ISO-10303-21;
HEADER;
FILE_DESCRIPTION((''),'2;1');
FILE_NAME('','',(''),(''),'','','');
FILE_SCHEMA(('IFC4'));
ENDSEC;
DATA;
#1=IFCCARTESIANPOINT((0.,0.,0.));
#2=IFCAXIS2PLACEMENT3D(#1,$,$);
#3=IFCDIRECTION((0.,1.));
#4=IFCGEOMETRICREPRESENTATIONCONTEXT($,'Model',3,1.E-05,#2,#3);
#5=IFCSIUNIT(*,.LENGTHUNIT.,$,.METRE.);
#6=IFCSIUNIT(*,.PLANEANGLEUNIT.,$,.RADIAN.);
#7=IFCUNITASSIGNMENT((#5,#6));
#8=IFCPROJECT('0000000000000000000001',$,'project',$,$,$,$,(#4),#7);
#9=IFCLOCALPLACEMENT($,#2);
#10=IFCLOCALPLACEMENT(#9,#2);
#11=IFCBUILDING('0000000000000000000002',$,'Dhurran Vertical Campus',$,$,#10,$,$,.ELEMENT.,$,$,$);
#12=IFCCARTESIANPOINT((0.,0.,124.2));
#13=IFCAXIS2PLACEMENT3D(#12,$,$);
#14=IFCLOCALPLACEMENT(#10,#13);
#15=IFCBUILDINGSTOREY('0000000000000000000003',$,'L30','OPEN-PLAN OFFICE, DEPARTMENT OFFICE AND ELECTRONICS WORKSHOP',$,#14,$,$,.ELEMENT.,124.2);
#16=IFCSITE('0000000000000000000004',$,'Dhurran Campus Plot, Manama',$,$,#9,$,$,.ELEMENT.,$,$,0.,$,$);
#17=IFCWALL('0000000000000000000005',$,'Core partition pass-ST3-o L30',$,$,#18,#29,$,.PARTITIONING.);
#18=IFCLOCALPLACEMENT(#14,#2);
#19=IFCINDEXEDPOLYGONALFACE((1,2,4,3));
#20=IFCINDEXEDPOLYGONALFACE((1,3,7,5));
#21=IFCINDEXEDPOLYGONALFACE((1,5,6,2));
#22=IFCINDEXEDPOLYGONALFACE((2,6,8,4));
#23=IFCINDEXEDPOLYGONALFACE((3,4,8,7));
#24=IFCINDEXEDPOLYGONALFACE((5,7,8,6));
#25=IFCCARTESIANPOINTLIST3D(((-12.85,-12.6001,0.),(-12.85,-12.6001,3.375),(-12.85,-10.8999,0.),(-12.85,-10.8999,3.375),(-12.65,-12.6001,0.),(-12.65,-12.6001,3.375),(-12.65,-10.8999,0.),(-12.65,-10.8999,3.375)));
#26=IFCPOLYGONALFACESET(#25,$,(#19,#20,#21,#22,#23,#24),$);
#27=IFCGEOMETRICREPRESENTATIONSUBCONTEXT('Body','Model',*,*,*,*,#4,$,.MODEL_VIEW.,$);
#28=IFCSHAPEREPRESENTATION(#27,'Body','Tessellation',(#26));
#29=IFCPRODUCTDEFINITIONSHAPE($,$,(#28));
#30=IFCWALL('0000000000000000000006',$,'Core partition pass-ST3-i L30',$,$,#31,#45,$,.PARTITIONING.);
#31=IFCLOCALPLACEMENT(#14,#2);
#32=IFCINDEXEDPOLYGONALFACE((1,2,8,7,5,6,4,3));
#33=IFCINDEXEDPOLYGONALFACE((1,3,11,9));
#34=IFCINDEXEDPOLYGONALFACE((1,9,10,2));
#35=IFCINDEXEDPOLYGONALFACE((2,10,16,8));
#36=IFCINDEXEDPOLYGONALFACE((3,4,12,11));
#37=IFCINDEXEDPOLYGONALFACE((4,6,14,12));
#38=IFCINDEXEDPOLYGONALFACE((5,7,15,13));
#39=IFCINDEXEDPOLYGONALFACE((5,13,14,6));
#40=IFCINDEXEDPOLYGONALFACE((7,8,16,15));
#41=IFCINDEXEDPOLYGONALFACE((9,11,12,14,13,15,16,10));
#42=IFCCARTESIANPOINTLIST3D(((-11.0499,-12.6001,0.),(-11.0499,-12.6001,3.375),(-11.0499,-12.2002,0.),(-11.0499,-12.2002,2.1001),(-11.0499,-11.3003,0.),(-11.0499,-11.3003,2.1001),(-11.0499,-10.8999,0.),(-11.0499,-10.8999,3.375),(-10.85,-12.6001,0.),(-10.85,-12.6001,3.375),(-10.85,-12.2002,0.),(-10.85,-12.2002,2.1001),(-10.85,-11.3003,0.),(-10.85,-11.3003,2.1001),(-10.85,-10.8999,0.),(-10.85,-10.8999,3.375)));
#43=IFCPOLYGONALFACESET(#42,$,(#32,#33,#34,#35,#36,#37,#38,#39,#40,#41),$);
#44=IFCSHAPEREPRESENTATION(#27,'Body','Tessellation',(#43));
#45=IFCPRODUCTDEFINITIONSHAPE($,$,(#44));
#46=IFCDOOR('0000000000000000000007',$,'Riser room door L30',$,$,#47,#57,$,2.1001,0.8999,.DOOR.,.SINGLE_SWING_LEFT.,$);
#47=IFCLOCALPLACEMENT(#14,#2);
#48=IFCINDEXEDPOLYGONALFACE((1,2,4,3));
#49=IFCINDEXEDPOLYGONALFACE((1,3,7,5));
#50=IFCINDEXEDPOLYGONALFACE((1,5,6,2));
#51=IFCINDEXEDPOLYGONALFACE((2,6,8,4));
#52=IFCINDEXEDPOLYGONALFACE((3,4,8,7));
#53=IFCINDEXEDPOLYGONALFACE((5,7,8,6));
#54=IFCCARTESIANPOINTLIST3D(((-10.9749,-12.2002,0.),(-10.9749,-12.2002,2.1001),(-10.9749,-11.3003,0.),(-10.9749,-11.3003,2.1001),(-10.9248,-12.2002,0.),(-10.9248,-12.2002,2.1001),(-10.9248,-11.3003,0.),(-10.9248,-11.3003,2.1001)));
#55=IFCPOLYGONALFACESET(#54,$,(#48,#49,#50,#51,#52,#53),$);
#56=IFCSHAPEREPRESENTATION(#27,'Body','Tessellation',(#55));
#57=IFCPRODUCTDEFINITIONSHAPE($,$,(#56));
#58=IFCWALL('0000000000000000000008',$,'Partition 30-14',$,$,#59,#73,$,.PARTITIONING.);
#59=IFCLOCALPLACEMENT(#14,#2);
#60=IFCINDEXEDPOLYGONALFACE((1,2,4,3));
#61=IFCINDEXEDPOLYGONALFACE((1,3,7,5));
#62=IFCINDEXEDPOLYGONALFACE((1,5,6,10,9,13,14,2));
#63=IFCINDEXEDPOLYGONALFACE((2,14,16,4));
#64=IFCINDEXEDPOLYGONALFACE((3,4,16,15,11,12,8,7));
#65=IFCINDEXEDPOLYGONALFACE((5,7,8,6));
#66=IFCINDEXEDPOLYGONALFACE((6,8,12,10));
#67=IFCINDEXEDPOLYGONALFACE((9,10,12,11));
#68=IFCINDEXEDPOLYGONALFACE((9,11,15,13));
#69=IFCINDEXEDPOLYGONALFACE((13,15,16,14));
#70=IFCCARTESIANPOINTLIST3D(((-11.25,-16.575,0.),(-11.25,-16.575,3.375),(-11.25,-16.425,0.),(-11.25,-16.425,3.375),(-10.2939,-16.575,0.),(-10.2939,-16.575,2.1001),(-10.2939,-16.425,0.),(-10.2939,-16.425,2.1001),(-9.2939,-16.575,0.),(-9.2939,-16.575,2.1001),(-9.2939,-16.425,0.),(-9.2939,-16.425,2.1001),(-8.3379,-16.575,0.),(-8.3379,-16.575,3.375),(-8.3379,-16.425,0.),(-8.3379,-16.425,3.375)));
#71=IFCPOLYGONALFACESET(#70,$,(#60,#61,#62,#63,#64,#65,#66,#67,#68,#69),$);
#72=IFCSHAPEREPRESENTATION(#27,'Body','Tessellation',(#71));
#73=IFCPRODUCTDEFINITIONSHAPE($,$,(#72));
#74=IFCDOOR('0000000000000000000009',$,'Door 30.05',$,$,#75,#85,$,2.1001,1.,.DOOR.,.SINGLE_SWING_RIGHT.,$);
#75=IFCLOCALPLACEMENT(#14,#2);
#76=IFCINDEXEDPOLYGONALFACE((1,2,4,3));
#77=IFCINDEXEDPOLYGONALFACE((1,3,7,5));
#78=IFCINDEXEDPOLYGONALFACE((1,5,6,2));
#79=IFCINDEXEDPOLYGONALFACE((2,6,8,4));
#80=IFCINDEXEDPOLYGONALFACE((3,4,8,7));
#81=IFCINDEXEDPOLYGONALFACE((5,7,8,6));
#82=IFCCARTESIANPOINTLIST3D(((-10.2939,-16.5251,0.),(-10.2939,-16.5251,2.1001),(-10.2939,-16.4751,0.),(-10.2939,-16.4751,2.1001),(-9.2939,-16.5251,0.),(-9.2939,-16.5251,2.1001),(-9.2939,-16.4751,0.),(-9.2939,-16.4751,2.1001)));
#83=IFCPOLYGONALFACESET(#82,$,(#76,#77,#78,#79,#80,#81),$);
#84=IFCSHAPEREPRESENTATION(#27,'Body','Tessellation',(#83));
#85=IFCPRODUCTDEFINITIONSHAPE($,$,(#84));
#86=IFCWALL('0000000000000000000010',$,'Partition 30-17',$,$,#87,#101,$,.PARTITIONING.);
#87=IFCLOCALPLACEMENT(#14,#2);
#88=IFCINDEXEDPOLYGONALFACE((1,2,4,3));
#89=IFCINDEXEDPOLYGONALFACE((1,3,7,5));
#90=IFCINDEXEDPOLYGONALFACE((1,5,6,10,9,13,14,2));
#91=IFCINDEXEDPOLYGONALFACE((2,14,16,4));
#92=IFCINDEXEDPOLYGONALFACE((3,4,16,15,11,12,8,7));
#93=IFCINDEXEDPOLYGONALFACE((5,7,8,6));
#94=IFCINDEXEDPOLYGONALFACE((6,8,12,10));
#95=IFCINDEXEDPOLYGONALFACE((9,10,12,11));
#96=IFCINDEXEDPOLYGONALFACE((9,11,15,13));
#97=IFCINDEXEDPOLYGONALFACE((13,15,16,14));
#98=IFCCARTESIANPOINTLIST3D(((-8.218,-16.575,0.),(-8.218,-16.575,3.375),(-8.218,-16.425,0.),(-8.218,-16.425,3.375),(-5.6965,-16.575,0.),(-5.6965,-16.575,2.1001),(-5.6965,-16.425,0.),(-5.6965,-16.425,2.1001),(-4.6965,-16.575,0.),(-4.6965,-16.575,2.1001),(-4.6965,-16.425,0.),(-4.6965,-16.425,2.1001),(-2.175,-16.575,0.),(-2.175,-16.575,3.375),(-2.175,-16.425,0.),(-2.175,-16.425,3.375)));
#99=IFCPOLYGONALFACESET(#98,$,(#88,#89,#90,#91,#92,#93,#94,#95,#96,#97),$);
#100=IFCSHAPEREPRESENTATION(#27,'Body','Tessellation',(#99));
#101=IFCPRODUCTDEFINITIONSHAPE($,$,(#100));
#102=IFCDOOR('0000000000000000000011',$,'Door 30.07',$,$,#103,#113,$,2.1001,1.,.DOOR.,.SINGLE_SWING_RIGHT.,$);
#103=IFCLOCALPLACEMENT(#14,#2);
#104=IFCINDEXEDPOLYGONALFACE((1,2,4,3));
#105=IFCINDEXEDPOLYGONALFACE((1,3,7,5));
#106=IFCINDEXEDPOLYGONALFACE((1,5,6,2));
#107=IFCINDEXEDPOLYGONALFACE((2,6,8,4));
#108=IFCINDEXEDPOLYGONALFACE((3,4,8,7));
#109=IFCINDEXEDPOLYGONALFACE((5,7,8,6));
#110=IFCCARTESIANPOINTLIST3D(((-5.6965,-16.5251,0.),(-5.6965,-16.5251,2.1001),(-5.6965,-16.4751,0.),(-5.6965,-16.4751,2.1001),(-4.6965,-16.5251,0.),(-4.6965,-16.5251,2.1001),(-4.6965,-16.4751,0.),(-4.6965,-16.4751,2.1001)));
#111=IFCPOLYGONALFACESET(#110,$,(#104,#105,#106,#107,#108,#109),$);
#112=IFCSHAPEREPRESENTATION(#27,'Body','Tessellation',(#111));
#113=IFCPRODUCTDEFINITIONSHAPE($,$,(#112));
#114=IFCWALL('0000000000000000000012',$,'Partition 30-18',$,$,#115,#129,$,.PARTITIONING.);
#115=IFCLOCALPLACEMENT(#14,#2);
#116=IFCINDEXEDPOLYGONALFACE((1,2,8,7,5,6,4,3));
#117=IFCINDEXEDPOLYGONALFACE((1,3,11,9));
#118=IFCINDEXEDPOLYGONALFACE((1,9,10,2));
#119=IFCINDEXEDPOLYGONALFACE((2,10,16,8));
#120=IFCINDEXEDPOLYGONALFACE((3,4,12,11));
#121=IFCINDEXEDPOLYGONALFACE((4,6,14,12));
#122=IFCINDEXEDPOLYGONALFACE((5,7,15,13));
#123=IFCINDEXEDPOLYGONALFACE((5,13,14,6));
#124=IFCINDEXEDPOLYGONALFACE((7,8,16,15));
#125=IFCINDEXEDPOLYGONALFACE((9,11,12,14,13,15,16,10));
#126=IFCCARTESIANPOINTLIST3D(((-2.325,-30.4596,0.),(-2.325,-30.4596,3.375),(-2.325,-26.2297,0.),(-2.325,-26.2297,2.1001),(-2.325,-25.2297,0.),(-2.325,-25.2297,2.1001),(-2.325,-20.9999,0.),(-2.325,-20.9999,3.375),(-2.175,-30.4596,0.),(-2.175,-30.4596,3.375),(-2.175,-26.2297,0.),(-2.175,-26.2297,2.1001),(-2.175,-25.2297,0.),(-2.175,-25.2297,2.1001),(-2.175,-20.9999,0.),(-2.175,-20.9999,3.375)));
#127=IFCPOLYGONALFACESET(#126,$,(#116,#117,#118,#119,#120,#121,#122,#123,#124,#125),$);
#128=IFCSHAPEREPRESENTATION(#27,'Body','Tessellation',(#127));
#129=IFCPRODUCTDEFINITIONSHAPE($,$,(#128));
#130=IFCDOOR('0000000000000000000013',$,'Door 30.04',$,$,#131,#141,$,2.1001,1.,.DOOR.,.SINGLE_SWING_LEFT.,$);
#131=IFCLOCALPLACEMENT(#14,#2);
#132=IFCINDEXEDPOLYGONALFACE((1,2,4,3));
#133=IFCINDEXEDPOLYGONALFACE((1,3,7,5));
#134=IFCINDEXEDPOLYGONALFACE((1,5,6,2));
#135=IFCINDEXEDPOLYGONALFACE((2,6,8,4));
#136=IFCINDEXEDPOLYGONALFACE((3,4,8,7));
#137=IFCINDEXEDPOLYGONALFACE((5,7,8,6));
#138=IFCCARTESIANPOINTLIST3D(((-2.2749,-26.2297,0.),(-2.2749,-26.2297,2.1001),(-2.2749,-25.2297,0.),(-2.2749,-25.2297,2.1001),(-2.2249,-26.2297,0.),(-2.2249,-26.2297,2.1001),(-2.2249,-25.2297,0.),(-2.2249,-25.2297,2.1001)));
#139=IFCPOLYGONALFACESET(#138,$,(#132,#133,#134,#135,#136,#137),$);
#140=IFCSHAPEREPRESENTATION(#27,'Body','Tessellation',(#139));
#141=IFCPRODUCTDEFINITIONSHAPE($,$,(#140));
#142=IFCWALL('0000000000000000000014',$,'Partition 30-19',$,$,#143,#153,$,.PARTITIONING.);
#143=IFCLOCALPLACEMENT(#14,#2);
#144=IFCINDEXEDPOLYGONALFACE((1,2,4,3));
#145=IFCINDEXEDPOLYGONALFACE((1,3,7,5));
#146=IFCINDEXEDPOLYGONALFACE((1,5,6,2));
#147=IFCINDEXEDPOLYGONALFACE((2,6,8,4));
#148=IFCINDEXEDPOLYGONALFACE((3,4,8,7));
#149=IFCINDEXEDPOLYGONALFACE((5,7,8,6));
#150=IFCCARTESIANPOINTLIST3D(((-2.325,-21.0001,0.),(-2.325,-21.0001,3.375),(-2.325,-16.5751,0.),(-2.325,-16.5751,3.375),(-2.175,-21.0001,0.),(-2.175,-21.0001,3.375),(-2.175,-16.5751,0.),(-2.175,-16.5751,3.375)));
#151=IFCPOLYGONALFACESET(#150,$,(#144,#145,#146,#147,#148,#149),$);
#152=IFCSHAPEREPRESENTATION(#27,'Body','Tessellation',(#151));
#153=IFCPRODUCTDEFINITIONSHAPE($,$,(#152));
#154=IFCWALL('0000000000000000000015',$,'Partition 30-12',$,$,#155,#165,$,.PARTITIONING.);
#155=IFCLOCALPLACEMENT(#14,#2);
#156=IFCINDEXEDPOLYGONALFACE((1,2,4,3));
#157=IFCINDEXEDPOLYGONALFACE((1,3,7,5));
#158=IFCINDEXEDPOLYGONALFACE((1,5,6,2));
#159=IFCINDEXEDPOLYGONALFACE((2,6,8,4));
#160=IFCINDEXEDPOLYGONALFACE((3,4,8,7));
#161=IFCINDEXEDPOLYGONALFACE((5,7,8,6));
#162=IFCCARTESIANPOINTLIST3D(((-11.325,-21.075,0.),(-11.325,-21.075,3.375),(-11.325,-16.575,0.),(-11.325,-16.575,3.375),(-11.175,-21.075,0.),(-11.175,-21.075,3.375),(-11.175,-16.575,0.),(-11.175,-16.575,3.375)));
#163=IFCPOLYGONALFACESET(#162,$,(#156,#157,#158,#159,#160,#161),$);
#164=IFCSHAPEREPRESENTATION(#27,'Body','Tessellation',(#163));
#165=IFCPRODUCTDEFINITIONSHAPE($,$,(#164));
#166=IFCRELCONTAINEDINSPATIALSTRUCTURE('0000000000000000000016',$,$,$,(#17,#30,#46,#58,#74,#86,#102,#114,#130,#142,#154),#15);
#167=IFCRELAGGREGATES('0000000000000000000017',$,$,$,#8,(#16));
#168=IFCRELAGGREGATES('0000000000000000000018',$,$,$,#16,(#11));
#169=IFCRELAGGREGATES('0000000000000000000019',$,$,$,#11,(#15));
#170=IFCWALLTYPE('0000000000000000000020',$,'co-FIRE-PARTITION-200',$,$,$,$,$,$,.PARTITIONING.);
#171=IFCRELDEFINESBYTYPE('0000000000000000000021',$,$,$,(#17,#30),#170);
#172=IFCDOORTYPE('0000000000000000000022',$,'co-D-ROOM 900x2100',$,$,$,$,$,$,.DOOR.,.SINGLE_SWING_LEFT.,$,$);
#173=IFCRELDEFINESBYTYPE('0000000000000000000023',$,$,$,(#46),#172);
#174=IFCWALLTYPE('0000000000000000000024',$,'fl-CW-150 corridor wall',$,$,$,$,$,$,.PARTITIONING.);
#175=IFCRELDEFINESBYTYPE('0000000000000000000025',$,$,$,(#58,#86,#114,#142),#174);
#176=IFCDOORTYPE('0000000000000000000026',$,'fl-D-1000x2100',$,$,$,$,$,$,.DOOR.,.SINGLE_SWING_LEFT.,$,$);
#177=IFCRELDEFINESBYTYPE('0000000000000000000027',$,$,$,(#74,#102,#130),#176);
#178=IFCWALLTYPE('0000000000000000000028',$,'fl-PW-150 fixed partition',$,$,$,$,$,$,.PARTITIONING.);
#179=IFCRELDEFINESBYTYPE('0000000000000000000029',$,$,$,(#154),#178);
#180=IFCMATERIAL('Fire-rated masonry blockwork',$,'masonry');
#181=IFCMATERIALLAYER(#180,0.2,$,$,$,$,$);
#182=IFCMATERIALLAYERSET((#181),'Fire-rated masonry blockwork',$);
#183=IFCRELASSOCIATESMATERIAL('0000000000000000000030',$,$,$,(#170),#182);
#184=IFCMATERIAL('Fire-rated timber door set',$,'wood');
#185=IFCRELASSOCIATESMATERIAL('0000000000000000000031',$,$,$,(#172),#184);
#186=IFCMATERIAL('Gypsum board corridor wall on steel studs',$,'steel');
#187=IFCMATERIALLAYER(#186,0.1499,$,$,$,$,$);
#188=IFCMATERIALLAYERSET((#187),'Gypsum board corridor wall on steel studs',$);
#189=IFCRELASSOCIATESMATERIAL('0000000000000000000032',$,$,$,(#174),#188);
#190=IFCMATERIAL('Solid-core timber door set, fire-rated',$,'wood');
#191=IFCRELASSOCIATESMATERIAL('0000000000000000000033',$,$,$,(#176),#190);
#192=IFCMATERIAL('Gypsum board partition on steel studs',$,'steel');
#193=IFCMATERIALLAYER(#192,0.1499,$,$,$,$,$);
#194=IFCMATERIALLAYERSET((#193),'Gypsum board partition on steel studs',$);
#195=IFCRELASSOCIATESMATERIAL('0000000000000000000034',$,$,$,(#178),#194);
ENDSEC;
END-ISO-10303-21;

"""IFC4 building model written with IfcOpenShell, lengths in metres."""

from ifc_helpers import new_model, si_unit, direction, frame, frame_2d, origin, place, context, subcontext, project, spatial, rectangle, extrude, material, layer, layer_set, type_object, element, fill, save


model = new_model("IFC4")

# Units and contexts
model_context = context("Model", 3, precision=1e-05, world=origin(), true_north=direction((0.0, 1.0)))
body_context = subcontext(model_context, "Body", "Model", "MODEL_VIEW")
ifc_project = project(units=[si_unit("LENGTHUNIT", "METRE"), si_unit("PLANEANGLEUNIT", "RADIAN")], contexts=[model_context])

# Site, building, storey
site_placement = place(None, origin())
site = spatial("IfcSite", under=ifc_project, at=site_placement, Name="Dhurran Campus Plot, Manama", CompositionType="ELEMENT", RefElevation=0.0)
building_placement = place(site_placement, origin())
building = spatial("IfcBuilding", under=site, at=building_placement, Name="Dhurran Vertical Campus", CompositionType="ELEMENT")
storey_placement = place(building_placement, frame((0.0, 0.0, 124.2)))
storey = spatial("IfcBuildingStorey", under=building, at=storey_placement, Name="L30", Description="OPEN-PLAN OFFICE, DEPARTMENT OFFICE AND ELECTRONICS WORKSHOP", CompositionType="ELEMENT", Elevation=124.2)

# Wall
ifc_material_1 = material(Name="Fire-rated masonry blockwork", Category="masonry")
ifc_layer_1 = layer(ifc_material_1, 0.2)
ifc_layer_set_1 = layer_set([ifc_layer_1], Name="Fire-rated masonry blockwork")
wall_type_1 = type_object("IfcWallType", Name="co-FIRE-PARTITION-200", PredefinedType="PARTITIONING", material=ifc_layer_set_1)
wall_1_placement = place(storey_placement, frame((-12.75, -12.6001, 0.0), z_axis=(0.0, 0.0, 1.0), x_axis=(0.0, 1.0, 0.0)))
element("IfcWall", 1, at=wall_1_placement, inside=storey, type_object=wall_type_1, Name="Core partition pass-ST3-o L30", PredefinedType="PARTITIONING", context=body_context, shape_type="SweptSolid", body=[
    extrude(rectangle(XDim=1.7002, YDim=0.2, at=frame_2d((0.8501, 0.0))), origin(), (0.0, 0.0, 1.0), 3.375),
])

# Walls, openings, doors
wall_2_placement = place(storey_placement, frame((-10.95, -12.6001, 0.0), z_axis=(0.0, 0.0, 1.0), x_axis=(0.0, 1.0, 0.0)))
wall_2 = element("IfcWall", 2, at=wall_2_placement, inside=storey, type_object=wall_type_1, Name="Core partition pass-ST3-i L30", PredefinedType="PARTITIONING", context=body_context, shape_type="SweptSolid", body=[
    extrude(rectangle(XDim=1.7002, YDim=0.2, at=frame_2d((0.8501, 0.0))), origin(), (0.0, 0.0, 1.0), 3.375),
])
opening_1_placement = place(wall_2_placement, frame((0.3999, 0.0, 0.0)))
opening_1 = element("IfcOpeningElement", 3, at=opening_1_placement, cuts=wall_2, PredefinedType="OPENING", context=body_context, shape_type="SweptSolid", body=[
    extrude(rectangle(XDim=0.8999, YDim=2.1001, at=frame_2d((0.45, 1.05))), frame((0.0, 0.1099, 0.0), z_axis=(0.0, -1.0, 0.0), x_axis=(1.0, 0.0, 0.0)), (0.0, 0.0, 1.0), 0.22),
])
ifc_material_2 = material(Name="Fire-rated timber door set", Category="wood")
door_type_1 = type_object("IfcDoorType", Name="co-D-ROOM 900x2100", OperationType="SINGLE_SWING_LEFT", PredefinedType="DOOR", material=ifc_material_2)
door_1_placement = place(opening_1_placement, origin())
door_1 = element("IfcDoor", 4, at=door_1_placement, inside=storey, type_object=door_type_1, Name="Riser room door L30", OperationType="SINGLE_SWING_LEFT", OverallHeight=2.1001, OverallWidth=0.8999, PredefinedType="DOOR", context=body_context, shape_type="SweptSolid", body=[
    extrude(rectangle(XDim=0.8999, YDim=2.1001, at=frame_2d((0.45, 1.05))), frame((0.0, 0.0249, 0.0), z_axis=(0.0, -1.0, 0.0), x_axis=(1.0, 0.0, 0.0)), (0.0, 0.0, 1.0), 0.05),
])
fill(opening_1, door_1)
ifc_material_3 = material(Name="Gypsum board corridor wall on steel studs", Category="steel")
ifc_layer_2 = layer(ifc_material_3, 0.1499)
ifc_layer_set_2 = layer_set([ifc_layer_2], Name="Gypsum board corridor wall on steel studs")
wall_type_2 = type_object("IfcWallType", Name="fl-CW-150 corridor wall", PredefinedType="PARTITIONING", material=ifc_layer_set_2)
wall_3_placement = place(storey_placement, frame((-11.25, -16.5, 0.0), z_axis=(0.0, 0.0, 1.0), x_axis=(1.0, 0.0, 0.0)))
wall_3 = element("IfcWall", 5, at=wall_3_placement, inside=storey, type_object=wall_type_2, Name="Partition 30-14", PredefinedType="PARTITIONING", context=body_context, shape_type="SweptSolid", body=[
    extrude(rectangle(XDim=2.9121, YDim=0.1499, at=frame_2d((1.4561, 0.0))), origin(), (0.0, 0.0, 1.0), 3.375),
])
opening_2_placement = place(wall_3_placement, frame((0.9561, 0.0, 0.0)))
opening_2 = element("IfcOpeningElement", 6, at=opening_2_placement, cuts=wall_3, PredefinedType="OPENING", context=body_context, shape_type="SweptSolid", body=[
    extrude(rectangle(XDim=1.0, YDim=2.1001, at=frame_2d((0.5, 1.05))), frame((0.0, 0.085, 0.0), z_axis=(0.0, -1.0, 0.0), x_axis=(1.0, 0.0, 0.0)), (0.0, 0.0, 1.0), 0.1699),
])
ifc_material_4 = material(Name="Solid-core timber door set, fire-rated", Category="wood")
door_type_2 = type_object("IfcDoorType", Name="fl-D-1000x2100", OperationType="SINGLE_SWING_LEFT", PredefinedType="DOOR", material=ifc_material_4)
door_2_placement = place(opening_2_placement, origin())
door_2 = element("IfcDoor", 7, at=door_2_placement, inside=storey, type_object=door_type_2, Name="Door 30.05", OperationType="SINGLE_SWING_RIGHT", OverallHeight=2.1001, OverallWidth=1.0, PredefinedType="DOOR", context=body_context, shape_type="SweptSolid", body=[
    extrude(rectangle(XDim=1.0, YDim=2.1001, at=frame_2d((0.5, 1.05))), frame((0.0, 0.0249, 0.0), z_axis=(0.0, -1.0, 0.0), x_axis=(1.0, 0.0, 0.0)), (0.0, 0.0, 1.0), 0.05),
])
fill(opening_2, door_2)
wall_4_placement = place(storey_placement, frame((-8.218, -16.5, 0.0), z_axis=(0.0, 0.0, 1.0), x_axis=(1.0, 0.0, 0.0)))
wall_4 = element("IfcWall", 8, at=wall_4_placement, inside=storey, type_object=wall_type_2, Name="Partition 30-17", PredefinedType="PARTITIONING", context=body_context, shape_type="SweptSolid", body=[
    extrude(rectangle(XDim=6.043, YDim=0.1499, at=frame_2d((3.0215, 0.0))), origin(), (0.0, 0.0, 1.0), 3.375),
])
opening_3_placement = place(wall_4_placement, frame((2.5215, 0.0, 0.0)))
opening_3 = element("IfcOpeningElement", 9, at=opening_3_placement, cuts=wall_4, PredefinedType="OPENING", context=body_context, shape_type="SweptSolid", body=[
    extrude(rectangle(XDim=1.0, YDim=2.1001, at=frame_2d((0.5, 1.05))), frame((0.0, 0.085, 0.0), z_axis=(0.0, -1.0, 0.0), x_axis=(1.0, 0.0, 0.0)), (0.0, 0.0, 1.0), 0.1699),
])
door_3_placement = place(opening_3_placement, origin())
door_3 = element("IfcDoor", 10, at=door_3_placement, inside=storey, type_object=door_type_2, Name="Door 30.07", OperationType="SINGLE_SWING_RIGHT", OverallHeight=2.1001, OverallWidth=1.0, PredefinedType="DOOR", context=body_context, shape_type="SweptSolid", body=[
    extrude(rectangle(XDim=1.0, YDim=2.1001, at=frame_2d((0.5, 1.05))), frame((0.0, 0.0249, 0.0), z_axis=(0.0, -1.0, 0.0), x_axis=(1.0, 0.0, 0.0)), (0.0, 0.0, 1.0), 0.05),
])
fill(opening_3, door_3)
wall_5_placement = place(storey_placement, frame((-2.25, -30.4597, 0.0), z_axis=(0.0, 0.0, 1.0), x_axis=(0.0, 1.0, 0.0)))
wall_5 = element("IfcWall", 11, at=wall_5_placement, inside=storey, type_object=wall_type_2, Name="Partition 30-18", PredefinedType="PARTITIONING", context=body_context, shape_type="SweptSolid", body=[
    extrude(rectangle(XDim=9.4597, YDim=0.1499, at=frame_2d((4.73, 0.0))), origin(), (0.0, 0.0, 1.0), 3.375),
])
opening_4_placement = place(wall_5_placement, frame((4.23, 0.0, 0.0)))
opening_4 = element("IfcOpeningElement", 12, at=opening_4_placement, cuts=wall_5, PredefinedType="OPENING", context=body_context, shape_type="SweptSolid", body=[
    extrude(rectangle(XDim=1.0, YDim=2.1001, at=frame_2d((0.5, 1.05))), frame((0.0, 0.085, 0.0), z_axis=(0.0, -1.0, 0.0), x_axis=(1.0, 0.0, 0.0)), (0.0, 0.0, 1.0), 0.1699),
])
door_4_placement = place(opening_4_placement, origin())
door_4 = element("IfcDoor", 13, at=door_4_placement, inside=storey, type_object=door_type_2, Name="Door 30.04", OperationType="SINGLE_SWING_LEFT", OverallHeight=2.1001, OverallWidth=1.0, PredefinedType="DOOR", context=body_context, shape_type="SweptSolid", body=[
    extrude(rectangle(XDim=1.0, YDim=2.1001, at=frame_2d((0.5, 1.05))), frame((0.0, 0.0249, 0.0), z_axis=(0.0, -1.0, 0.0), x_axis=(1.0, 0.0, 0.0)), (0.0, 0.0, 1.0), 0.05),
])
fill(opening_4, door_4)

# Walls
wall_6_placement = place(storey_placement, frame((-2.25, -21.0, 0.0), z_axis=(0.0, 0.0, 1.0), x_axis=(0.0, 1.0, 0.0)))
element("IfcWall", 14, at=wall_6_placement, inside=storey, type_object=wall_type_2, Name="Partition 30-19", PredefinedType="PARTITIONING", context=body_context, shape_type="SweptSolid", body=[
    extrude(rectangle(XDim=4.425, YDim=0.1499, at=frame_2d((2.2124, 0.0))), origin(), (0.0, 0.0, 1.0), 3.375),
])
ifc_material_5 = material(Name="Gypsum board partition on steel studs", Category="steel")
ifc_layer_3 = layer(ifc_material_5, 0.1499)
ifc_layer_set_3 = layer_set([ifc_layer_3], Name="Gypsum board partition on steel studs")
wall_type_3 = type_object("IfcWallType", Name="fl-PW-150 fixed partition", PredefinedType="PARTITIONING", material=ifc_layer_set_3)
wall_7_placement = place(storey_placement, frame((-11.25, -16.575, 0.0), z_axis=(0.0, 0.0, 1.0), x_axis=(0.0, -1.0, 0.0)))
element("IfcWall", 15, at=wall_7_placement, inside=storey, type_object=wall_type_3, Name="Partition 30-12", PredefinedType="PARTITIONING", context=body_context, shape_type="SweptSolid", body=[
    extrude(rectangle(XDim=4.5, YDim=0.1499, at=frame_2d((2.25, 0.0))), origin(), (0.0, 0.0, 1.0), 3.375),
])

save(model, "model.ifc")
